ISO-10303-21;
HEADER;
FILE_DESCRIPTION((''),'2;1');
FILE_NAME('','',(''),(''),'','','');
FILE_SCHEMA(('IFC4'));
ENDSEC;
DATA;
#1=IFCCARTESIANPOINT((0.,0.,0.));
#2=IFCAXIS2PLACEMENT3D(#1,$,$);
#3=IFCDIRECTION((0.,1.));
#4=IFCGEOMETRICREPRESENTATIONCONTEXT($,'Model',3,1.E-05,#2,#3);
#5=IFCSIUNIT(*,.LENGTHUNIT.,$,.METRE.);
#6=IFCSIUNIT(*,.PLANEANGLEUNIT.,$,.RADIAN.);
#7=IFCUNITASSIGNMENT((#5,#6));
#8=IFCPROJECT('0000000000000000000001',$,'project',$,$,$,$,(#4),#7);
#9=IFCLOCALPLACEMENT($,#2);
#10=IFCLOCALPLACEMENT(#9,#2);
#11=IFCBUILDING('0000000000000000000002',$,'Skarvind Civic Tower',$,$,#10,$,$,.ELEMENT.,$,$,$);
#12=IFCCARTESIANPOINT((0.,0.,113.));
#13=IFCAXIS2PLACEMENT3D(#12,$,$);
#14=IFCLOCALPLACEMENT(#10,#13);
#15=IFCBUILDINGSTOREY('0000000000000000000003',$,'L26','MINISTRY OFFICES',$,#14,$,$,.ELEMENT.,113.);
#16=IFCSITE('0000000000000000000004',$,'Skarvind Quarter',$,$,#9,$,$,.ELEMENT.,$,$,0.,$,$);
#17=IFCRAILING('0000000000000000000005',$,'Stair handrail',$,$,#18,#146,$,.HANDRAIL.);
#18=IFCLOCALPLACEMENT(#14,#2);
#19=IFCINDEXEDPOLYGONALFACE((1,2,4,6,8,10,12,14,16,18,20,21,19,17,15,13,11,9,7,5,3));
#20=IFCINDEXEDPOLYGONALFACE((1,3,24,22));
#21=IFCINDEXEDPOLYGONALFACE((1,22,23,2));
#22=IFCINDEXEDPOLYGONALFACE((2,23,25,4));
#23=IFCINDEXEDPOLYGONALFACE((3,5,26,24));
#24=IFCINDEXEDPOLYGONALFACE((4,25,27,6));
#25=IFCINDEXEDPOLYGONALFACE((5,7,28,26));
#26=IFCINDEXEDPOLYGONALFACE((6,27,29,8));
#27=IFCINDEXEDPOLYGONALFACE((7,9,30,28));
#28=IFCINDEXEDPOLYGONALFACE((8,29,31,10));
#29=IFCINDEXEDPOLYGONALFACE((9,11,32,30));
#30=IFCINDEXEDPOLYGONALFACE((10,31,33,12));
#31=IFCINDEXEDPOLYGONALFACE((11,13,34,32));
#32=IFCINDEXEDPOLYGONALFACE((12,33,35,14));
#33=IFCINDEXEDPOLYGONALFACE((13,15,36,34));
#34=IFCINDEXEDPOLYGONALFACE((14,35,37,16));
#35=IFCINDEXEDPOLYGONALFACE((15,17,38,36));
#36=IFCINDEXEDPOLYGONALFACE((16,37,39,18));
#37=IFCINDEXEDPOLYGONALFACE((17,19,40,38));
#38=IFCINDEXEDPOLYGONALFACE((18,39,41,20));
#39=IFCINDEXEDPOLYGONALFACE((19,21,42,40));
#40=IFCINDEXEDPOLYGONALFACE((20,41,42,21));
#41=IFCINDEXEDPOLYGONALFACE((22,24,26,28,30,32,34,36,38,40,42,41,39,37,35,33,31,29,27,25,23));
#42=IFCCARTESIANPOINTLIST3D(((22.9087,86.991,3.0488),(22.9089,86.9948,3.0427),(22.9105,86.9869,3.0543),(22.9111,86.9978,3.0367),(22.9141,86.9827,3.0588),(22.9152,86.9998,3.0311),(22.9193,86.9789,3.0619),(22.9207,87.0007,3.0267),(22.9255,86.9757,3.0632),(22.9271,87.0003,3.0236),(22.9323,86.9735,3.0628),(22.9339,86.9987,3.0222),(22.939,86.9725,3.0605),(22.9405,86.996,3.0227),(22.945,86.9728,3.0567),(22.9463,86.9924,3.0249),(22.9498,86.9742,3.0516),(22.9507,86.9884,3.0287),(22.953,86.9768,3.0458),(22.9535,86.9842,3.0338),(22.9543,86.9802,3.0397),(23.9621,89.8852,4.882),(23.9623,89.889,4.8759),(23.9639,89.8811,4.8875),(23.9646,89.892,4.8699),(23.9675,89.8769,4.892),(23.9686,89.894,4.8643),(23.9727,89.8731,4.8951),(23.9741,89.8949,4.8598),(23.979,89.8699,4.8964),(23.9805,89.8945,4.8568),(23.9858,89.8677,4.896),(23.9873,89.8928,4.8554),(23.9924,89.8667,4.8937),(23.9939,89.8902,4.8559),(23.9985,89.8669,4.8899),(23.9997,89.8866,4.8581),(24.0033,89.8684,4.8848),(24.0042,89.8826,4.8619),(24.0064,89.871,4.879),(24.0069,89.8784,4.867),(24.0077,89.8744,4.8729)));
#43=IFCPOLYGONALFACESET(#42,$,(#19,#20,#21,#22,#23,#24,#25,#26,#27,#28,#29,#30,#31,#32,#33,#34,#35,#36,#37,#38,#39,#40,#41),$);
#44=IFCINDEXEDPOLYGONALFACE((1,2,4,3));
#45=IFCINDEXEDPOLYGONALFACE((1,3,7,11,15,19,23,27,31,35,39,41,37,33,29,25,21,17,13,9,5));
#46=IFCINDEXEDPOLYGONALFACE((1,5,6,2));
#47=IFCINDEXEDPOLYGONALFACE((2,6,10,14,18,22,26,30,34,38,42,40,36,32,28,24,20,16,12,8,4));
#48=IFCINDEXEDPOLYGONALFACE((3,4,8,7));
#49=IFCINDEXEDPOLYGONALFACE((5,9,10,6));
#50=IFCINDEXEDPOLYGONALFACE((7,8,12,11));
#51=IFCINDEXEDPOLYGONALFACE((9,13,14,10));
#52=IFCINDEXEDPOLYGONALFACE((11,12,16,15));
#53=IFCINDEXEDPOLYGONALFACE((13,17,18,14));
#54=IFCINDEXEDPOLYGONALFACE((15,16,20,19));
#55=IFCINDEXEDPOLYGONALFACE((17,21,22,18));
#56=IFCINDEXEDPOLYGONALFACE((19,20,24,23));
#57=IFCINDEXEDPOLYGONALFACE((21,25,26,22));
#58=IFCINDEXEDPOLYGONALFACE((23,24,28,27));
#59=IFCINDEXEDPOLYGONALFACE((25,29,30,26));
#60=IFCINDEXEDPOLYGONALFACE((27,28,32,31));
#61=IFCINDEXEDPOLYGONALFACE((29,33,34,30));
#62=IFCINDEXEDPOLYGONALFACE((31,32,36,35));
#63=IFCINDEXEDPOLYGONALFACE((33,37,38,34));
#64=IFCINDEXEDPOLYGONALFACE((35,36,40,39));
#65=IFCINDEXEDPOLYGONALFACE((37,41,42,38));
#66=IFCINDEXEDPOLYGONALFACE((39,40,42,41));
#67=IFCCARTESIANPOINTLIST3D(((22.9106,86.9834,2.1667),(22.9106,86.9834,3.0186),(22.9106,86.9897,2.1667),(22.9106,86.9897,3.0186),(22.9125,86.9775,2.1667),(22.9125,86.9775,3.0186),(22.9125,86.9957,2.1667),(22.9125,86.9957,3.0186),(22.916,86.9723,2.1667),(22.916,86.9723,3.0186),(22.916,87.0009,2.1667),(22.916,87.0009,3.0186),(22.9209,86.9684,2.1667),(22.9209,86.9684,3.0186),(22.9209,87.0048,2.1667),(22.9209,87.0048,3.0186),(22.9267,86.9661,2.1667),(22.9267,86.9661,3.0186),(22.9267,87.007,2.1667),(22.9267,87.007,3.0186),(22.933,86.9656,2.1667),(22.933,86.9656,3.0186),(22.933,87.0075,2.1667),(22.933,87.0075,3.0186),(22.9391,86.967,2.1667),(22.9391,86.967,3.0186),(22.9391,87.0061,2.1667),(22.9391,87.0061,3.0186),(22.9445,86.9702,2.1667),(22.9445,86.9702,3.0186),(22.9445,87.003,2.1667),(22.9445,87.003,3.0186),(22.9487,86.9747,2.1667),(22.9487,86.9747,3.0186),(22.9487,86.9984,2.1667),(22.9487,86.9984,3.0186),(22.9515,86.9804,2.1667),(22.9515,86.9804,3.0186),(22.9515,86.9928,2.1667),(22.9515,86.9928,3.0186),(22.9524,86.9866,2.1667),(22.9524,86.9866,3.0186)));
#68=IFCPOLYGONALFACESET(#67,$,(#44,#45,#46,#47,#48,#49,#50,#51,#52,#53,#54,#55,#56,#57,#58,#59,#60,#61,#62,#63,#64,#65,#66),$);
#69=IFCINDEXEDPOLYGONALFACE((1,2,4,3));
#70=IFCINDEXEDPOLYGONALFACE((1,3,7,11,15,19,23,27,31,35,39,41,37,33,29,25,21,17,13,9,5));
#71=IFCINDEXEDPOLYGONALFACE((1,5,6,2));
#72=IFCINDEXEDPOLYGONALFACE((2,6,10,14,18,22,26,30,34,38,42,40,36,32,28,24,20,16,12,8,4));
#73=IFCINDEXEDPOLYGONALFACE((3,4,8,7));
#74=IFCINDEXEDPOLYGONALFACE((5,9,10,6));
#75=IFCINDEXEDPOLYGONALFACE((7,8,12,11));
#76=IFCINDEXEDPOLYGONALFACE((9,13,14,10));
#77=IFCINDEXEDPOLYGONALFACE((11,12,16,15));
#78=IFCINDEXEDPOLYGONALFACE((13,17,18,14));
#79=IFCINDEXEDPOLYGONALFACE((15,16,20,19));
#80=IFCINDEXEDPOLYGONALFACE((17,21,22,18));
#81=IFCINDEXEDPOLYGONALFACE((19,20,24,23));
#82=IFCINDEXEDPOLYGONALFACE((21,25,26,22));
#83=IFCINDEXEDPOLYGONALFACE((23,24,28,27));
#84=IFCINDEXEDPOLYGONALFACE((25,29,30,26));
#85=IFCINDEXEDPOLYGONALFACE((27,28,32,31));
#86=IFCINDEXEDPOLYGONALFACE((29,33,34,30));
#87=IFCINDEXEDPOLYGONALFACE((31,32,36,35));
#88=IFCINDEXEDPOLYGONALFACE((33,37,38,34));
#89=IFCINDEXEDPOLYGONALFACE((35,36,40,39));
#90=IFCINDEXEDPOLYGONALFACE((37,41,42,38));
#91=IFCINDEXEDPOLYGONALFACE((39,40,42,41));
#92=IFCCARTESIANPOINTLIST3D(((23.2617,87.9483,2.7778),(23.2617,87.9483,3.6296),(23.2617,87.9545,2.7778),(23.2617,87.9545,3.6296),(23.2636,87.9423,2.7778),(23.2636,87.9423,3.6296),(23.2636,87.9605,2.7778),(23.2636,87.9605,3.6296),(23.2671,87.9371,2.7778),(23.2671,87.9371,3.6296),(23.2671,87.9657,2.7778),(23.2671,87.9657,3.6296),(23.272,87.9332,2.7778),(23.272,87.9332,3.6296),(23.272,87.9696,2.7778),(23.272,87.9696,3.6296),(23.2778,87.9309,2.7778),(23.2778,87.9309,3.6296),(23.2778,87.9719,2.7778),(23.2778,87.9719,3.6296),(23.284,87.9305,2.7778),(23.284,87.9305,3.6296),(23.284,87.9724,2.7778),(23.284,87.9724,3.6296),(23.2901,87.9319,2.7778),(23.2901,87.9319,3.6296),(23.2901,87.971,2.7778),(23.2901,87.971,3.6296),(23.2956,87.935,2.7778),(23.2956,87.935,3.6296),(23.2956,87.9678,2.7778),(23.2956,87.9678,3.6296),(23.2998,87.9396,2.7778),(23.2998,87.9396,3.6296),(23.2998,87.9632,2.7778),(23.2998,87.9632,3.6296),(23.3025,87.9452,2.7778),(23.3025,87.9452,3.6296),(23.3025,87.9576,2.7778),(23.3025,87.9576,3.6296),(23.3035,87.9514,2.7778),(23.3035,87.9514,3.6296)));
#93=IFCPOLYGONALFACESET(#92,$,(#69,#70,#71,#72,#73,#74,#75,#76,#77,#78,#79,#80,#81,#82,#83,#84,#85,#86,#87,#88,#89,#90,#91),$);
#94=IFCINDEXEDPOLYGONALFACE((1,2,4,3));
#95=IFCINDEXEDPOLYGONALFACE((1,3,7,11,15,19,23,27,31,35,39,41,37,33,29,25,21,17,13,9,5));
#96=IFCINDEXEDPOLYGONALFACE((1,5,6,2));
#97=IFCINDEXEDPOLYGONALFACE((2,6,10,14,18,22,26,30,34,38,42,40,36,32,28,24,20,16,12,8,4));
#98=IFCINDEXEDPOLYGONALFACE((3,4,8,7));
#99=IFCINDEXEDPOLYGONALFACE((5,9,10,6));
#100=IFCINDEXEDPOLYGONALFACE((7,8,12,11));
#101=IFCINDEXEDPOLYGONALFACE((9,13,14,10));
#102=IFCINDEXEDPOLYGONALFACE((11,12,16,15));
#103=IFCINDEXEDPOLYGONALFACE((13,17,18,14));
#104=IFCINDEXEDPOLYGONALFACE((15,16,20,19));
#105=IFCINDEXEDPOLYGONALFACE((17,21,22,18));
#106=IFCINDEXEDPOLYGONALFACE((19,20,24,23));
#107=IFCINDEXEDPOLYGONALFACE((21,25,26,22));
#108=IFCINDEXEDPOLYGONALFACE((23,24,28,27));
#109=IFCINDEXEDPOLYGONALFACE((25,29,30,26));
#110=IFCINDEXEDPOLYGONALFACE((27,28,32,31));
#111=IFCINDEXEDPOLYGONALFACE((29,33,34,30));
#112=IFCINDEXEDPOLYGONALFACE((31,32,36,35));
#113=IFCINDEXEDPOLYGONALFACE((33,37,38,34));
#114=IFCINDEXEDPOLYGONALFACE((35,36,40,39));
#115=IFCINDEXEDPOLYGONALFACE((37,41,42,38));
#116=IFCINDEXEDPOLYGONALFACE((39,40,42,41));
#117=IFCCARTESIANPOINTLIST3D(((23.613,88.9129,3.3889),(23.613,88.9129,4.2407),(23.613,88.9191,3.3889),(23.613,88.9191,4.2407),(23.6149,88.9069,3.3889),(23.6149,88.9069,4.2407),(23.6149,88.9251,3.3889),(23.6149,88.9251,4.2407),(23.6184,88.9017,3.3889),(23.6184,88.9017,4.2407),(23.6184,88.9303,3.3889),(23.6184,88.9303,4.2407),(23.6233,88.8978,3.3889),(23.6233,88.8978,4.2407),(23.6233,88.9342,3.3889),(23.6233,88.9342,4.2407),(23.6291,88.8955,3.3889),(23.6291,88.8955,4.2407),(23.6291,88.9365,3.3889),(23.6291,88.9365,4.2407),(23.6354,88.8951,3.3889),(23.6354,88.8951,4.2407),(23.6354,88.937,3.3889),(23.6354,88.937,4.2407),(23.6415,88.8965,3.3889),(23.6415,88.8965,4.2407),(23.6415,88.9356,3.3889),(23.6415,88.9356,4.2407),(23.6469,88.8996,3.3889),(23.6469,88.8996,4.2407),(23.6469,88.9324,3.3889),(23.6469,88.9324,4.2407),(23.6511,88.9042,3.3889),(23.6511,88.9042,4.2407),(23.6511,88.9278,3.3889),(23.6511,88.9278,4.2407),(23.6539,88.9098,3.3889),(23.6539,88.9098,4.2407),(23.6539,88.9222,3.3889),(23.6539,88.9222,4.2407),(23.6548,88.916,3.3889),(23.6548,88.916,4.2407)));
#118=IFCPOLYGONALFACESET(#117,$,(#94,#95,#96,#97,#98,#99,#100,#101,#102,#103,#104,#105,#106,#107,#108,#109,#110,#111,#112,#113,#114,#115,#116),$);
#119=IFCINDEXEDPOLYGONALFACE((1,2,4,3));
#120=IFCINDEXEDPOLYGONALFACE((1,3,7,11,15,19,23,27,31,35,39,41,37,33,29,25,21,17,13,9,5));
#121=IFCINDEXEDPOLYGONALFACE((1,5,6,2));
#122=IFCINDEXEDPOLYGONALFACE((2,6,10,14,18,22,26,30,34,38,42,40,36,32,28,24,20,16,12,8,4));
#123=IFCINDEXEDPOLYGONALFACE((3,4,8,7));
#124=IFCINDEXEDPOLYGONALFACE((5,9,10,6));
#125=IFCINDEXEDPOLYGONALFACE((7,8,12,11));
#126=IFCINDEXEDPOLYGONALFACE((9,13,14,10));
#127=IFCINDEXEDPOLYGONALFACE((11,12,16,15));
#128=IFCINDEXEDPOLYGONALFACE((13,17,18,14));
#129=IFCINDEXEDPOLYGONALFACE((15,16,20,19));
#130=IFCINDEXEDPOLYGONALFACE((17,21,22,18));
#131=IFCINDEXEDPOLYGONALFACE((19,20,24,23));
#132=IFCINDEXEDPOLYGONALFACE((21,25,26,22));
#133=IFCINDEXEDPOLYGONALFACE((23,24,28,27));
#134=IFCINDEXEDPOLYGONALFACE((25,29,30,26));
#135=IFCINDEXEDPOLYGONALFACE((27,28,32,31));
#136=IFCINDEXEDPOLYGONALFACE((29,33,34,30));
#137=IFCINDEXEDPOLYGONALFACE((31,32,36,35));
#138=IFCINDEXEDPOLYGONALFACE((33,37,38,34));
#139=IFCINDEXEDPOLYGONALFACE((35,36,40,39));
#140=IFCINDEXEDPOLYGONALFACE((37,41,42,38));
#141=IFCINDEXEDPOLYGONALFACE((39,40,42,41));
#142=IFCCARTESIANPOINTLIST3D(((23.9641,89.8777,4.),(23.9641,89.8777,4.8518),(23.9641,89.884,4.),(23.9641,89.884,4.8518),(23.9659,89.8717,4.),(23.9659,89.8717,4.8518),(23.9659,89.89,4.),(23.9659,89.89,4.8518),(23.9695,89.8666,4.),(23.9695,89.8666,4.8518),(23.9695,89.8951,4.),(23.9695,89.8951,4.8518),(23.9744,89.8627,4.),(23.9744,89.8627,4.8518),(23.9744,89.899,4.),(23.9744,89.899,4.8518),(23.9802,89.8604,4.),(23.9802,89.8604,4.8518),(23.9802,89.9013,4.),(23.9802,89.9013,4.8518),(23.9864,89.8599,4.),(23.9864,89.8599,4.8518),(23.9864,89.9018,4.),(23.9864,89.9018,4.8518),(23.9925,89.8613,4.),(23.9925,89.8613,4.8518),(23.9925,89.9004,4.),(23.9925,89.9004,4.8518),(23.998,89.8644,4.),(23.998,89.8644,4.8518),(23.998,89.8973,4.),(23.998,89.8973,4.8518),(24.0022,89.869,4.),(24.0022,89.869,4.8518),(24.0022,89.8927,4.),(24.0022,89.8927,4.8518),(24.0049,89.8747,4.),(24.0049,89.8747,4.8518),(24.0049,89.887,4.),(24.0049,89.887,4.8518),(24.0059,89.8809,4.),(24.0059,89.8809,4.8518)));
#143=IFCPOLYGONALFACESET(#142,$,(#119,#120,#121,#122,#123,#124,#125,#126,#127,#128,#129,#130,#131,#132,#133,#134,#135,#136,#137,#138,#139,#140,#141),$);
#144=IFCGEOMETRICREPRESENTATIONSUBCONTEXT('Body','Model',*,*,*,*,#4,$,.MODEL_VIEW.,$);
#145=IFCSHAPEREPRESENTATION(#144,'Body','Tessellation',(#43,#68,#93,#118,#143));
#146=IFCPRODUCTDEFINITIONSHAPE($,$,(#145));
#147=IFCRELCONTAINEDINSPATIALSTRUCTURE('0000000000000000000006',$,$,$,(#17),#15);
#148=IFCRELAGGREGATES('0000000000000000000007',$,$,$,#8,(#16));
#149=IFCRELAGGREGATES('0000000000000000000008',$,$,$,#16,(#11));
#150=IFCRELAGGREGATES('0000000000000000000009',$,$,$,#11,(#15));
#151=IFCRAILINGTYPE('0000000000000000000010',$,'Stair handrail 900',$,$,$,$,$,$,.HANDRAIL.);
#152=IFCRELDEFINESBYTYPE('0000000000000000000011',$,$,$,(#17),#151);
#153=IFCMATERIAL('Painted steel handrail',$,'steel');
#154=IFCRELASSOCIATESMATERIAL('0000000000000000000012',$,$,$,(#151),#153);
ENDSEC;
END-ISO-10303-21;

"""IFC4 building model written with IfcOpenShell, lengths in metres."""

from ifc_helpers import new_model, si_unit, direction, frame, origin, origin_2d, place, context, subcontext, project, spatial, circle, extrude, material, type_object, element, save


model = new_model("IFC4")

# Units and contexts
model_context = context("Model", 3, precision=1e-05, world=origin(), true_north=direction((0.0, 1.0)))
body_context = subcontext(model_context, "Body", "Model", "MODEL_VIEW")
ifc_project = project(units=[si_unit("LENGTHUNIT", "METRE"), si_unit("PLANEANGLEUNIT", "RADIAN")], contexts=[model_context])

# Site, building, storey
site_placement = place(None, origin())
site = spatial("IfcSite", under=ifc_project, at=site_placement, Name="Skarvind Quarter", CompositionType="ELEMENT", RefElevation=0.0)
building_placement = place(site_placement, origin())
building = spatial("IfcBuilding", under=site, at=building_placement, Name="Skarvind Civic Tower", CompositionType="ELEMENT")
storey_placement = place(building_placement, frame((0.0, 0.0, 113.0)))
storey = spatial("IfcBuildingStorey", under=building, at=storey_placement, Name="L26", Description="MINISTRY OFFICES", CompositionType="ELEMENT", Elevation=113.0)

# Railing
ifc_material_1 = material(Name="Painted steel handrail", Category="steel")
railing_type = type_object("IfcRailingType", Name="Stair handrail 900", PredefinedType="HANDRAIL", material=ifc_material_1)
railing_1_placement = place(storey_placement, frame((22.9314, 86.9866, 2.1667)))
element("IfcRailing", 1, at=railing_1_placement, inside=storey, type_object=railing_type, Name="Stair handrail", PredefinedType="HANDRAIL", context=body_context, shape_type="SweptSolid", body=[
    extrude(circle(Radius=0.0239, at=origin_2d()), frame((0.0, 0.0, 0.876), z_axis=(0.293908, 0.807481, 0.511461), x_axis=(-0.939689, 0.342029, 0.0)), (0.0, 0.0, 1.0), 3.5842),
    extrude(circle(Radius=0.021, at=origin_2d()), origin(), (0.0, 0.0, 1.0), 0.8518),
    extrude(circle(Radius=0.021, at=origin_2d()), frame((0.3511, 0.9648, 0.6111)), (0.0, 0.0, 1.0), 0.8518),
    extrude(circle(Radius=0.021, at=origin_2d()), frame((0.7024, 1.9294, 1.2222)), (0.0, 0.0, 1.0), 0.8518),
    extrude(circle(Radius=0.021, at=origin_2d()), frame((1.0535, 2.8943, 1.8333)), (0.0, 0.0, 1.0), 0.8518),
])

save(model, "model.ifc")
